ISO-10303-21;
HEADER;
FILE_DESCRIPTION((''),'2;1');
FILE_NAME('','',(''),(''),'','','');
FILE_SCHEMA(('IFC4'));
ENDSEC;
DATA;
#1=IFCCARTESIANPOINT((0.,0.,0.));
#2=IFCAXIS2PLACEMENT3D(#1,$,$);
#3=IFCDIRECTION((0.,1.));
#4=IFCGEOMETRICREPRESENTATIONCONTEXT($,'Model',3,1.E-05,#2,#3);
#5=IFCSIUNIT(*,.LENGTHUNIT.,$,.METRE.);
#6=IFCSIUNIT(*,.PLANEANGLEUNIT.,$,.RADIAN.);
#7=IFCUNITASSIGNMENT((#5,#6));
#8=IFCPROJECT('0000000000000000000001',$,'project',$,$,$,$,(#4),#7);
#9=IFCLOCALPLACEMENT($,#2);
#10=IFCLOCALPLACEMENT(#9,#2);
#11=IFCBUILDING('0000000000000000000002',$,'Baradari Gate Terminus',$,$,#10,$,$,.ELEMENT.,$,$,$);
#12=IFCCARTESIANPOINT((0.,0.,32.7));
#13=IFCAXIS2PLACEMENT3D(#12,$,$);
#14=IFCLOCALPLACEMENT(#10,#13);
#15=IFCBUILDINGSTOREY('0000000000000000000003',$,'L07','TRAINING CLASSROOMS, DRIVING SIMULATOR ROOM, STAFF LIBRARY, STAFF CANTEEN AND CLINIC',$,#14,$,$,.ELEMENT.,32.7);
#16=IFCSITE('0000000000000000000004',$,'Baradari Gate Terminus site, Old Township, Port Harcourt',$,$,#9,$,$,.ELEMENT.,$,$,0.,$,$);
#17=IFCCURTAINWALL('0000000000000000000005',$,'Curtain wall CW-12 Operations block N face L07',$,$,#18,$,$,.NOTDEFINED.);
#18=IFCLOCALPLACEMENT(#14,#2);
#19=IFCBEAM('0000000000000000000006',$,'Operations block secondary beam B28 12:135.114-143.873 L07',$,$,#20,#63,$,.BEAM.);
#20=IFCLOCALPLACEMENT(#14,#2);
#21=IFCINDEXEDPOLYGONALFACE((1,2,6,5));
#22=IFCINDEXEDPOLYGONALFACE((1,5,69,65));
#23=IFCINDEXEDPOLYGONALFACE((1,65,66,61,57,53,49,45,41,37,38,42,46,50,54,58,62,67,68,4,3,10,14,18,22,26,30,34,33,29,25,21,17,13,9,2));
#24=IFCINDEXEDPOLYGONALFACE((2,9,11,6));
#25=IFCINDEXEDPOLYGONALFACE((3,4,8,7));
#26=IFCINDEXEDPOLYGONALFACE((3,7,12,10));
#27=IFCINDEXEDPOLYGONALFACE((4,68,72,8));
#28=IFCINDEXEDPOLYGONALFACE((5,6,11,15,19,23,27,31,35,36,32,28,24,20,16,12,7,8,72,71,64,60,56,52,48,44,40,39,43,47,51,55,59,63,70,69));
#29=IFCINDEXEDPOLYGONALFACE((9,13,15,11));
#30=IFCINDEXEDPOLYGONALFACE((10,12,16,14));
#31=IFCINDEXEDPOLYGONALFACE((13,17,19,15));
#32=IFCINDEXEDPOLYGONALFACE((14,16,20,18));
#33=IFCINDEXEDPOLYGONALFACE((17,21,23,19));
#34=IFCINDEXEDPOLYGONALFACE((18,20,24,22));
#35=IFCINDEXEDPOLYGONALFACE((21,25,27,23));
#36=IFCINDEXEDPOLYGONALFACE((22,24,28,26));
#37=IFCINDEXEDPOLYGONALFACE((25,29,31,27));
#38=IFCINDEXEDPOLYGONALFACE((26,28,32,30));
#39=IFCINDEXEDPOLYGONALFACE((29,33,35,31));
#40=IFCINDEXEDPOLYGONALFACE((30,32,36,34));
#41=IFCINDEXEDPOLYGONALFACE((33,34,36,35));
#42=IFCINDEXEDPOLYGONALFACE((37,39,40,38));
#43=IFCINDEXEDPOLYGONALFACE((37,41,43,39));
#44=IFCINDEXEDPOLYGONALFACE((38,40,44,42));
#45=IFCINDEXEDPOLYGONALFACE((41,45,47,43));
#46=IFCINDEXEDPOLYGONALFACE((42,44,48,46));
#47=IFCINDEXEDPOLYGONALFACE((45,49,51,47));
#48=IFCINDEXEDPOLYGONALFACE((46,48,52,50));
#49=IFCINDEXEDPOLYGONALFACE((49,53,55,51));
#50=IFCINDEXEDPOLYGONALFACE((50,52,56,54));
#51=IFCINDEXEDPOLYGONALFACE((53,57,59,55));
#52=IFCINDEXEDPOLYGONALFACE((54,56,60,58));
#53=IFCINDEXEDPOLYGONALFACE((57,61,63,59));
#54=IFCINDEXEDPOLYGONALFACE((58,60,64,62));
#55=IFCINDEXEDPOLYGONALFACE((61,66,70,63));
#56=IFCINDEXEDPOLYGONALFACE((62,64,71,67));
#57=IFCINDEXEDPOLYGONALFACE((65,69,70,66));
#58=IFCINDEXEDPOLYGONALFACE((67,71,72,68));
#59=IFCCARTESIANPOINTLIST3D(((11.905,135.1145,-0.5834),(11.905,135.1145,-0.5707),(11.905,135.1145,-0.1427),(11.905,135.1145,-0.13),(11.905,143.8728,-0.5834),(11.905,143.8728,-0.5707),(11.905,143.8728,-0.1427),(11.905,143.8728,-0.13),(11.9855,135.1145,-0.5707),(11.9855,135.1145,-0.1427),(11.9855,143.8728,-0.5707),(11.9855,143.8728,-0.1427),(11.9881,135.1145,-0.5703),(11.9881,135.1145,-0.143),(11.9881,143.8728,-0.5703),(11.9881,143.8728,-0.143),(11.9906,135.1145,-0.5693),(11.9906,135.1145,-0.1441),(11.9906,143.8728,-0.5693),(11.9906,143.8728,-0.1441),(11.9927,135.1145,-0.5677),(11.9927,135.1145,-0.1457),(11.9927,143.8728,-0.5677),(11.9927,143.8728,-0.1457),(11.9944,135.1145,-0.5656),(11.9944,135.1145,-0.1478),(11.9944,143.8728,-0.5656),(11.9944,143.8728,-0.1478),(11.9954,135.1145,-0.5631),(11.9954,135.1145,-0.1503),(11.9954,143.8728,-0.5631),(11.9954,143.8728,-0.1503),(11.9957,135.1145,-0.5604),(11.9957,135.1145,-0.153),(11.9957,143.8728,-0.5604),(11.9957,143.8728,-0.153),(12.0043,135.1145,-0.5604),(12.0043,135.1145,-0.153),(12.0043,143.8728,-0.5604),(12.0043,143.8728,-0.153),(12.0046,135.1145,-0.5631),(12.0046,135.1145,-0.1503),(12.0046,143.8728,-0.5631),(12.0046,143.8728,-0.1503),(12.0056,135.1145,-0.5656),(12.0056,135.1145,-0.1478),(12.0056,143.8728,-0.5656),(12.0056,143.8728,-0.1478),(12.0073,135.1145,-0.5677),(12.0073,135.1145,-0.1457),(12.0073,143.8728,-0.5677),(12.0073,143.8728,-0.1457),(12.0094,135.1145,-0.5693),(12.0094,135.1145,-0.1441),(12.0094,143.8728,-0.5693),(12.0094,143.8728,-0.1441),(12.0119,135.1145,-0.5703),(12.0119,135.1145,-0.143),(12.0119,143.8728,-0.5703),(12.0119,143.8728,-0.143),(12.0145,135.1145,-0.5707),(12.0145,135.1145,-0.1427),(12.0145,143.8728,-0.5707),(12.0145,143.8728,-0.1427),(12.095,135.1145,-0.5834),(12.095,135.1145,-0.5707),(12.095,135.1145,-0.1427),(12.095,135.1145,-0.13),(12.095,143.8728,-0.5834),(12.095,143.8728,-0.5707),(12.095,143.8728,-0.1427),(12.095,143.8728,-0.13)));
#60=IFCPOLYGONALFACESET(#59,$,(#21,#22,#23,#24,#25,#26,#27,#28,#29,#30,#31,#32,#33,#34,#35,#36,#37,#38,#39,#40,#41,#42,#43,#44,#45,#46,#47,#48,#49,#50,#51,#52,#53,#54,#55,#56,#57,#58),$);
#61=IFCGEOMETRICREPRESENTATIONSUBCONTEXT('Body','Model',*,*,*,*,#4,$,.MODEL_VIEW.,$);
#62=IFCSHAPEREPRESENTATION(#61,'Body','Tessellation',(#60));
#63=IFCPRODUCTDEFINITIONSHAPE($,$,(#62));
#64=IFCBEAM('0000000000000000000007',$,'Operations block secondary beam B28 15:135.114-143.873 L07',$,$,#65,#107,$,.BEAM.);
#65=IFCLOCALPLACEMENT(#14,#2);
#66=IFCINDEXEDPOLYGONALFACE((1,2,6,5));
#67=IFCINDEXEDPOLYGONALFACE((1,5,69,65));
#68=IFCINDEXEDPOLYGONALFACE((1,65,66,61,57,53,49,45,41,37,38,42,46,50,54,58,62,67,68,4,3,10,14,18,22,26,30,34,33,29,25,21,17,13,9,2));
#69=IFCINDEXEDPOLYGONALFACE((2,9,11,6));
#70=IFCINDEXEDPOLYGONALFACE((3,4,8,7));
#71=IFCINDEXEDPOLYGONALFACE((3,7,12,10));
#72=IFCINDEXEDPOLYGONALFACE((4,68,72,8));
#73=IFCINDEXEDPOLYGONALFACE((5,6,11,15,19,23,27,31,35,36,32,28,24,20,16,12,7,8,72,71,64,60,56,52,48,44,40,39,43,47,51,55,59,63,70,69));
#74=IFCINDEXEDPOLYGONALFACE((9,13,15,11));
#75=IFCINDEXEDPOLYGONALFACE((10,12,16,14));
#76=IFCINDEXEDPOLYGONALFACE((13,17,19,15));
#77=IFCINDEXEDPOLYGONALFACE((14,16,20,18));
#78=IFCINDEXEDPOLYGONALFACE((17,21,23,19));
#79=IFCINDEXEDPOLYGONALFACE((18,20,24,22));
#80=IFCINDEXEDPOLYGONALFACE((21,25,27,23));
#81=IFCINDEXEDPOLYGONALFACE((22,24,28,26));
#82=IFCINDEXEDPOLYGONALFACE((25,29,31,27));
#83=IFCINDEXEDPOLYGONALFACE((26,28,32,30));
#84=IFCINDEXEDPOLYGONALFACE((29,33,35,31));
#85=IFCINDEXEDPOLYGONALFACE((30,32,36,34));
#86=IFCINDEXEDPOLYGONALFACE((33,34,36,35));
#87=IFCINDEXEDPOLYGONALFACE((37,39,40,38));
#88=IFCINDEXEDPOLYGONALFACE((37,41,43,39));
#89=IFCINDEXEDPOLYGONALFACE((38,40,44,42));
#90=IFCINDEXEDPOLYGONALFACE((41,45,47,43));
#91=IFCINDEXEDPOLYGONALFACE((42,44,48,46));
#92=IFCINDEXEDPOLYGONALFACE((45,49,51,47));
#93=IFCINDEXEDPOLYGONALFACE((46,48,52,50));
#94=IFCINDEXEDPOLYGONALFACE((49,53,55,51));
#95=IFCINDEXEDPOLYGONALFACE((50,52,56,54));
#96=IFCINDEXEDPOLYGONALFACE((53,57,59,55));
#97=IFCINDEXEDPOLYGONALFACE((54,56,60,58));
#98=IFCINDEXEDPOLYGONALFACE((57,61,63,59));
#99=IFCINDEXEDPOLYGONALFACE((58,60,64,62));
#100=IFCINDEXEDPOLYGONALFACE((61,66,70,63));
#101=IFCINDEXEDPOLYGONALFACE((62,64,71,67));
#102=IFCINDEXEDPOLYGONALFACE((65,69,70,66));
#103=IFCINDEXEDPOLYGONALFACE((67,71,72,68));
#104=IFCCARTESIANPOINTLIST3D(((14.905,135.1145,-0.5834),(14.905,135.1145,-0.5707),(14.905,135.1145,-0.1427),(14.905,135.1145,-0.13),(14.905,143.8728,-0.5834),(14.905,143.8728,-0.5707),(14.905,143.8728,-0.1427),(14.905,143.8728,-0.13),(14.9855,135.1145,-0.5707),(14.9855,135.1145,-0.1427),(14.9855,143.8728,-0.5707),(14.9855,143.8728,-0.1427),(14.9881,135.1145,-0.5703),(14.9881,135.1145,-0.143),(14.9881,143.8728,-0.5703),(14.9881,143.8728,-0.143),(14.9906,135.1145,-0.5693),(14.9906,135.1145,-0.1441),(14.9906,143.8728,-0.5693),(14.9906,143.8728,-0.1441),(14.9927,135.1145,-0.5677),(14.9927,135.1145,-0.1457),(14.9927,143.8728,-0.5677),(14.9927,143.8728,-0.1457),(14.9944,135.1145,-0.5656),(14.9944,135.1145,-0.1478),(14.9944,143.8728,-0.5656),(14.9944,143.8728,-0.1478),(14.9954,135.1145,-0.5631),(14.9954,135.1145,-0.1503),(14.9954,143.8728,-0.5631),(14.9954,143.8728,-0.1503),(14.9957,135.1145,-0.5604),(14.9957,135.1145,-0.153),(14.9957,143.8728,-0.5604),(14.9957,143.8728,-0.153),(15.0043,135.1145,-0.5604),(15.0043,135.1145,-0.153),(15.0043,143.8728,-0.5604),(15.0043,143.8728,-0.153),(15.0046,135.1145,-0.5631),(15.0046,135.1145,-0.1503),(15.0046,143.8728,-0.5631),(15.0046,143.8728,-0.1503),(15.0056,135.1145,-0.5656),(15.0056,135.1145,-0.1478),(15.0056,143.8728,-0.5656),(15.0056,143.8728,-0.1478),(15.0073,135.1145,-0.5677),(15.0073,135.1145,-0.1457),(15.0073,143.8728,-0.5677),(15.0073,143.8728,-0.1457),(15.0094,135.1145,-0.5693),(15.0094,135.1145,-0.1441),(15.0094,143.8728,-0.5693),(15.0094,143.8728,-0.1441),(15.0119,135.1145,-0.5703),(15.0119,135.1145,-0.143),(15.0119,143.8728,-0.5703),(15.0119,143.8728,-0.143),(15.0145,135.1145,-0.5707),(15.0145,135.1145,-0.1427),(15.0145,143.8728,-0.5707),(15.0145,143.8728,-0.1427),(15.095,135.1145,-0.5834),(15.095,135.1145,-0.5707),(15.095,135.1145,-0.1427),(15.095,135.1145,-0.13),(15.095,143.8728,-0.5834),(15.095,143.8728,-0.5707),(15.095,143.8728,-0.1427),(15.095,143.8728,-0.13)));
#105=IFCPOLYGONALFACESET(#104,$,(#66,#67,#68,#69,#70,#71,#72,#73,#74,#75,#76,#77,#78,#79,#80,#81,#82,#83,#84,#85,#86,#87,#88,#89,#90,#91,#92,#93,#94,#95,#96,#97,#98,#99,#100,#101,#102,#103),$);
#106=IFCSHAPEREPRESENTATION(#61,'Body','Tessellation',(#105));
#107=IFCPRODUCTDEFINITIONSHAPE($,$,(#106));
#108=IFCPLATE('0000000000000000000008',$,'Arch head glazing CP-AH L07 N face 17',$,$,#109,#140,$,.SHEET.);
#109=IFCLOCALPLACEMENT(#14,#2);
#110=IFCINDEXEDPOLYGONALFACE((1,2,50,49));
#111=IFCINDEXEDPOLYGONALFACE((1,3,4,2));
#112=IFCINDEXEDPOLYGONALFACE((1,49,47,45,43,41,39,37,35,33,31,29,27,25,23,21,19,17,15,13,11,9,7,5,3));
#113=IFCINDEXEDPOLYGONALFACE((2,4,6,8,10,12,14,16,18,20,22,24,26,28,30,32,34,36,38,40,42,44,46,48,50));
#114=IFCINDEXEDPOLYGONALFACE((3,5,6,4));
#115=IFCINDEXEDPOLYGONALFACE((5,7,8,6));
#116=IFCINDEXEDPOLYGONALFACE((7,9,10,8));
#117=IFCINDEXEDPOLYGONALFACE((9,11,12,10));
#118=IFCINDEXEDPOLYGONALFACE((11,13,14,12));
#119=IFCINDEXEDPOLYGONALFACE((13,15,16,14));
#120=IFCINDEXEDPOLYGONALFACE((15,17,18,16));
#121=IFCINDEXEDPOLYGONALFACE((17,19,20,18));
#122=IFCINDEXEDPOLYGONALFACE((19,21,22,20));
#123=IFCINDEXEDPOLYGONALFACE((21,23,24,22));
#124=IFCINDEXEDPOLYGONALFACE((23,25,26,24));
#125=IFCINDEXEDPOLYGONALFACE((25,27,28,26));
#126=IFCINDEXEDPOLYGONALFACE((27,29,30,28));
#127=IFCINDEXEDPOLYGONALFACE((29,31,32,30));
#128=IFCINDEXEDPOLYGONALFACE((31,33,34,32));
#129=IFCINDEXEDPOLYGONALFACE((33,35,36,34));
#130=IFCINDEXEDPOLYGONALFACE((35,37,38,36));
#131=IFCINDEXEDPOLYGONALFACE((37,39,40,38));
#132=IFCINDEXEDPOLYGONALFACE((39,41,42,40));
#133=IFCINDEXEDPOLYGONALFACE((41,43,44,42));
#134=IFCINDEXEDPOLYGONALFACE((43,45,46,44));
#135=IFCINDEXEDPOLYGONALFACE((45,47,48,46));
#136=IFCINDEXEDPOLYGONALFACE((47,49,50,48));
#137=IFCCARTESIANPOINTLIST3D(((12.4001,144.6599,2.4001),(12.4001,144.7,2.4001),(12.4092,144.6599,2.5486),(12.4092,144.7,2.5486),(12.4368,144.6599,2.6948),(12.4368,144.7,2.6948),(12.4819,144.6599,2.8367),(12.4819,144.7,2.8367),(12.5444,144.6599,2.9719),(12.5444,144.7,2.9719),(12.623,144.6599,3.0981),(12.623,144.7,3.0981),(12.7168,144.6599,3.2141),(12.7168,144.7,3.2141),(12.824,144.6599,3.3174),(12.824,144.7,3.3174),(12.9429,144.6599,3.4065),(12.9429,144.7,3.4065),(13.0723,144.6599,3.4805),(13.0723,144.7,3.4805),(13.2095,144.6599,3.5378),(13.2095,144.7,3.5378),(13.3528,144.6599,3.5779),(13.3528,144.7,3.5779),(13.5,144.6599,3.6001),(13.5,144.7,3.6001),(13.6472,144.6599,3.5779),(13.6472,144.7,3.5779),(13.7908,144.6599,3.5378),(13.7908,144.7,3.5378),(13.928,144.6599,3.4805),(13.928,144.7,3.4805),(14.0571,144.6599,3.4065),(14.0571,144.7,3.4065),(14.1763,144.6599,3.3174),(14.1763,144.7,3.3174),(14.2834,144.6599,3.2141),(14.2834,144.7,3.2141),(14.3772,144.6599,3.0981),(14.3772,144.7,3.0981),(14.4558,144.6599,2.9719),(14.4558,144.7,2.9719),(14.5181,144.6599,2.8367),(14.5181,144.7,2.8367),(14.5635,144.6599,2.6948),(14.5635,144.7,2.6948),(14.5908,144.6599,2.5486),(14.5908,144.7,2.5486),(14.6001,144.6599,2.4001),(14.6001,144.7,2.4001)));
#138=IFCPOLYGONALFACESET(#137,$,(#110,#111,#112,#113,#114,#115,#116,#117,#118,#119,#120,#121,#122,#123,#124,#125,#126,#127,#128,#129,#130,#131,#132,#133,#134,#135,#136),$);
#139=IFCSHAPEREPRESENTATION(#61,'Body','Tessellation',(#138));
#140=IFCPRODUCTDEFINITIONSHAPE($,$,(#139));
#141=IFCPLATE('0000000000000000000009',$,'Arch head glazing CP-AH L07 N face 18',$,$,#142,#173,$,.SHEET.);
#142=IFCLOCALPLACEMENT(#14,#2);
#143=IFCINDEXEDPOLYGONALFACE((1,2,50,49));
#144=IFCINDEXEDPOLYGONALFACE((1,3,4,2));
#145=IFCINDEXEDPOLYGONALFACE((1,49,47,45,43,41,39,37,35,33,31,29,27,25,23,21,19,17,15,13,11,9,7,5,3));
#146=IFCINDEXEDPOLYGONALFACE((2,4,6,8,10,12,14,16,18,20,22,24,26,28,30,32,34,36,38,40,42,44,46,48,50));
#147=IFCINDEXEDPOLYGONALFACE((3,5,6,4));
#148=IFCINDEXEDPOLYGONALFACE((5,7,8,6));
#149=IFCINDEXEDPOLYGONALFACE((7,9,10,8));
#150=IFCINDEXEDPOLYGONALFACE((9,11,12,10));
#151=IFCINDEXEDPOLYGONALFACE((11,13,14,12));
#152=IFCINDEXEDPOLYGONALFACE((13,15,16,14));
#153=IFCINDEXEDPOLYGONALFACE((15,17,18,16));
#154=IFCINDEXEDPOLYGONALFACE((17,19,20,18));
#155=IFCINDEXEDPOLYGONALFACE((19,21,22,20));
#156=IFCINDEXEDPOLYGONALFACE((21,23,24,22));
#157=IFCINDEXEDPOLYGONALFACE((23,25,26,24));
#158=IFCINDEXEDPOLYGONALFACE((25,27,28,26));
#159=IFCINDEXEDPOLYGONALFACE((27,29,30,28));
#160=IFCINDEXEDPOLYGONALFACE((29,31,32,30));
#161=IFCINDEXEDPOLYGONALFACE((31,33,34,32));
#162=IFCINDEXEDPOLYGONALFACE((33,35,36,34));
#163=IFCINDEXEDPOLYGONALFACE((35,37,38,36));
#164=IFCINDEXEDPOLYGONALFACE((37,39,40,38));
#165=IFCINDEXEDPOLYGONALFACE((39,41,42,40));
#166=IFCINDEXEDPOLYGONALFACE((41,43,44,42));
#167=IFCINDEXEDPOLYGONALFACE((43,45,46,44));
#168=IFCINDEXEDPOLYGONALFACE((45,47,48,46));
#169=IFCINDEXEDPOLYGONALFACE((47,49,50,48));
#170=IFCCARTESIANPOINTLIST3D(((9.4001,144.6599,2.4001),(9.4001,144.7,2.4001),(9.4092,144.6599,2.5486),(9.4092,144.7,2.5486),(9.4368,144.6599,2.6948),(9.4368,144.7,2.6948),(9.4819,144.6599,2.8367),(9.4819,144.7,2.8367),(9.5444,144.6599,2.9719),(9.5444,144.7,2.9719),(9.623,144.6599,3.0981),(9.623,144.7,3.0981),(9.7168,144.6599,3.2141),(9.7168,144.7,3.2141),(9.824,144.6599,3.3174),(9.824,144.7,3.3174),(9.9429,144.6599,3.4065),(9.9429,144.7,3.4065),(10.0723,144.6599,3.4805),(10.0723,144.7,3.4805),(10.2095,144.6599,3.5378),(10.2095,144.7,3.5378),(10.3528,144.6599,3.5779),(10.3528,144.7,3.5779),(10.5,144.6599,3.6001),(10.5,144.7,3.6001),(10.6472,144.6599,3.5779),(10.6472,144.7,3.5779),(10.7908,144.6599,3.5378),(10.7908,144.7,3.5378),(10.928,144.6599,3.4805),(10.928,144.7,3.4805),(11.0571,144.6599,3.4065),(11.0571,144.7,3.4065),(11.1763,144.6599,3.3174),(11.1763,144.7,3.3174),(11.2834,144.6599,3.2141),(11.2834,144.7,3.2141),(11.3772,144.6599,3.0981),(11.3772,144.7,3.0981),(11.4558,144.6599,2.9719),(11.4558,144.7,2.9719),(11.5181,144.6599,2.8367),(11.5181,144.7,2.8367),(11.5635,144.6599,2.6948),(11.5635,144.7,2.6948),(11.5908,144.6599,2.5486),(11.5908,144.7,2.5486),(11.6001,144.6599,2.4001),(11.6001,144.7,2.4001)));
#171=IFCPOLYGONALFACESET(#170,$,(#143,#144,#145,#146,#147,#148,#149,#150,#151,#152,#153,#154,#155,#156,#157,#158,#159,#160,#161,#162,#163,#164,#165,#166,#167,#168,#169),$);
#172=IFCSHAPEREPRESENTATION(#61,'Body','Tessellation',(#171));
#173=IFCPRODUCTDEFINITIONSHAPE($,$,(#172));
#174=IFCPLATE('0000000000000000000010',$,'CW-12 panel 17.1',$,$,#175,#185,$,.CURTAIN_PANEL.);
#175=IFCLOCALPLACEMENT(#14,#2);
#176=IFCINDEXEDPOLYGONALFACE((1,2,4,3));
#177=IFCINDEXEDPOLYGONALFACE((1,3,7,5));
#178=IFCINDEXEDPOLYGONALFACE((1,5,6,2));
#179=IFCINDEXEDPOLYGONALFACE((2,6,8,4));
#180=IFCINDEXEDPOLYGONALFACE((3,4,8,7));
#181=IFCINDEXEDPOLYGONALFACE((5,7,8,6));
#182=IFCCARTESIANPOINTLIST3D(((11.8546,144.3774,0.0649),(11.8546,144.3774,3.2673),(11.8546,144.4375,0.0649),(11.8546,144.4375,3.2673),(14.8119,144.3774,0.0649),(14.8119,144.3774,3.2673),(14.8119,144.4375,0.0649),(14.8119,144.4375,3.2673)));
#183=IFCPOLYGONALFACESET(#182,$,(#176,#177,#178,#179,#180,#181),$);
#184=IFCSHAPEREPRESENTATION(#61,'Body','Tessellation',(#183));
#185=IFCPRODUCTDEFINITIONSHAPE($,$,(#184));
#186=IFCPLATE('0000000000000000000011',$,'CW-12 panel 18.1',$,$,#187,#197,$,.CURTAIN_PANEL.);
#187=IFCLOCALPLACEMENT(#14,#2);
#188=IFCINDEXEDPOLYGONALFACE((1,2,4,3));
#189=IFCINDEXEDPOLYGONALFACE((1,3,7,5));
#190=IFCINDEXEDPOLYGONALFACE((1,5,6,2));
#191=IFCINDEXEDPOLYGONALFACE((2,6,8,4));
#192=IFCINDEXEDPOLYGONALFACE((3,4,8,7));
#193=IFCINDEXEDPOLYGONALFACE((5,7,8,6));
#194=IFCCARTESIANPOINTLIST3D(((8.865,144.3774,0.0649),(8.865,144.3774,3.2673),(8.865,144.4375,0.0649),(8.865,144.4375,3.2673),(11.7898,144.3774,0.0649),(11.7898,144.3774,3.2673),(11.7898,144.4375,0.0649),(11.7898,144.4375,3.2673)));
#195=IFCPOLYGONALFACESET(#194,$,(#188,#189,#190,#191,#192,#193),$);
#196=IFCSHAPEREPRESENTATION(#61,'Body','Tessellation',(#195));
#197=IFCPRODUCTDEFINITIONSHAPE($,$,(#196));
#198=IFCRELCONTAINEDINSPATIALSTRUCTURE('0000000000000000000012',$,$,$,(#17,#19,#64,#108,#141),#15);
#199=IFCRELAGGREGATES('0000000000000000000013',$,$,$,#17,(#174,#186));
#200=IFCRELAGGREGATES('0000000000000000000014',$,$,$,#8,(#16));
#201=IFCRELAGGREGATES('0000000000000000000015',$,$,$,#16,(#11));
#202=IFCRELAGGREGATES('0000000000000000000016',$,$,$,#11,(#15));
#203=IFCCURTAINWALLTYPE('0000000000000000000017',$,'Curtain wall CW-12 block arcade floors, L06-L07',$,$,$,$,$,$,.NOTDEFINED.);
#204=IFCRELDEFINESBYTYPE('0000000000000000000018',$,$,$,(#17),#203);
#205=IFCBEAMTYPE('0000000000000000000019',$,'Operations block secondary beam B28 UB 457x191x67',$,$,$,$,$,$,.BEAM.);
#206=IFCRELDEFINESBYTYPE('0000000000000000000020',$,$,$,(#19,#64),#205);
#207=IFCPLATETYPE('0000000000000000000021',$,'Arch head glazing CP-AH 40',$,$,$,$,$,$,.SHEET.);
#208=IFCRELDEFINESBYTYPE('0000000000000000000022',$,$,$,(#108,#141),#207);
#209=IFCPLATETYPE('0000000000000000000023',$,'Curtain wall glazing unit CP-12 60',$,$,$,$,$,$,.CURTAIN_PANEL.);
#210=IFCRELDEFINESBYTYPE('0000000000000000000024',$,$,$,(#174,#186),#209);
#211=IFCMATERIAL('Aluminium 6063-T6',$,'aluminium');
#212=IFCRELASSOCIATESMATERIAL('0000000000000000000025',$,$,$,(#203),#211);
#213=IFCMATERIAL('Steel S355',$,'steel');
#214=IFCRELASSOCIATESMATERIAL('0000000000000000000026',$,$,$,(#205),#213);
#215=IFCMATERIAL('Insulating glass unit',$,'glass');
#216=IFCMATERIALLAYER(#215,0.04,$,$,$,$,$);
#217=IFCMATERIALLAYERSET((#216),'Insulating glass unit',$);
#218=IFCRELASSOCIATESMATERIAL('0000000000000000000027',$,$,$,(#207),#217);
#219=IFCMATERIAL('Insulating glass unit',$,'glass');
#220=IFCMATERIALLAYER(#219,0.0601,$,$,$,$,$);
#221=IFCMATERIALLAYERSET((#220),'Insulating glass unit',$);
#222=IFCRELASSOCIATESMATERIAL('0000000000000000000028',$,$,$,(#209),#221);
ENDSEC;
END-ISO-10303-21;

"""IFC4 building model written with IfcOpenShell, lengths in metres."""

from ifc_helpers import new_model, si_unit, direction, frame, origin, origin_2d, place, context, subcontext, project, spatial, polyline, rectangle, i_section, outline, extrude, material, layer, layer_set, material_profile, profile_set, type_object, element, aggregate, save


model = new_model("IFC4")

# Units and contexts
model_context = context("Model", 3, precision=1e-05, world=origin(), true_north=direction((0.0, 1.0)))
body_context = subcontext(model_context, "Body", "Model", "MODEL_VIEW")
ifc_project = project(units=[si_unit("LENGTHUNIT", "METRE"), si_unit("PLANEANGLEUNIT", "RADIAN")], contexts=[model_context])

# Site, building, storey
site_placement = place(None, origin())
site = spatial("IfcSite", under=ifc_project, at=site_placement, Name="Baradari Gate Terminus site, Old Township, Port Harcourt", CompositionType="ELEMENT", RefElevation=0.0)
building_placement = place(site_placement, origin())
building = spatial("IfcBuilding", under=site, at=building_placement, Name="Baradari Gate Terminus", CompositionType="ELEMENT")
storey_placement = place(building_placement, frame((0.0, 0.0, 32.7)))
storey = spatial("IfcBuildingStorey", under=building, at=storey_placement, Name="L07", Description="TRAINING CLASSROOMS, DRIVING SIMULATOR ROOM, STAFF LIBRARY, STAFF CANTEEN AND CLINIC", CompositionType="ELEMENT", Elevation=32.7)

# Curtain wall
ifc_material_1 = material(Name="Aluminium 6063-T6", Category="aluminium")
curtain_wall_type = type_object("IfcCurtainWallType", Name="Curtain wall CW-12 block arcade floors, L06-L07", PredefinedType="NOTDEFINED", material=ifc_material_1)
curtain_wall_placement = place(storey_placement, origin())
curtain_wall = element("IfcCurtainWall", 1, at=curtain_wall_placement, inside=storey, type_object=curtain_wall_type, Name="Curtain wall CW-12 Operations block N face L07", PredefinedType="NOTDEFINED")

# Beams
ifc_material_2 = material(Name="Steel S355", Category="steel")
ifc_material_profile_1 = material_profile(ifc_material_2, i_section(OverallWidth=0.1899, OverallDepth=0.4534, WebThickness=0.0085, FlangeThickness=0.0127, FilletRadius=0.0103, at=origin_2d()), Name="UB 457x191x67")
ifc_profile_set_1 = profile_set([ifc_material_profile_1], Name="Steel S355")
beam_type_1 = type_object("IfcBeamType", Name="Operations block secondary beam B28 UB 457x191x67", PredefinedType="BEAM", material=ifc_profile_set_1)
for number, where, z_axis, x_axis, name in (
    (2, (12.0, 135.1145, -0.3567), (0.0, 1.0, 0.0), (-1.0, 0.0, 0.0), "Operations block secondary beam B28 12:135.114-143.873 L07"),
    (3, (15.0, 135.1145, -0.3567), (0.0, 1.0, 0.0), (-1.0, 0.0, 0.0), "Operations block secondary beam B28 15:135.114-143.873 L07"),
):
    element("IfcBeam", number, at=place(storey_placement, frame(where, z_axis=z_axis, x_axis=x_axis)), inside=storey, type_object=beam_type_1, Name=name, PredefinedType="BEAM", context=body_context, shape_type="SweptSolid", body=[
        extrude(i_section(OverallWidth=0.1899, OverallDepth=0.4534, WebThickness=0.0085, FlangeThickness=0.0127, FilletRadius=0.0103, at=origin_2d()), origin(), (0.0, 0.0, 1.0), 8.7583),
    ])

# Plates
ifc_material_3 = material(Name="Insulating glass unit", Category="glass")
ifc_layer_1 = layer(ifc_material_3, 0.04)
ifc_layer_set_1 = layer_set([ifc_layer_1], Name="Insulating glass unit")
plate_type_1 = type_object("IfcPlateType", Name="Arch head glazing CP-AH 40", PredefinedType="SHEET", material=ifc_layer_set_1)
for number, where, z_axis, x_axis, name in (
    (4, (14.6001, 144.6799, 2.4001), (0.0, 0.0, 1.0), (-1.0, 0.0, 0.0), "Arch head glazing CP-AH L07 N face 17"),
    (5, (11.6001, 144.6799, 2.4001), (0.0, 0.0, 1.0), (-1.0, 0.0, 0.0), "Arch head glazing CP-AH L07 N face 18"),
):
    element("IfcPlate", number, at=place(storey_placement, frame(where, z_axis=z_axis, x_axis=x_axis)), inside=storey, type_object=plate_type_1, Name=name, PredefinedType="SHEET", context=body_context, shape_type="SweptSolid", body=[
        extrude(outline(polyline([(0.0, 0.0), (2.2, 0.0), (2.1909, 0.1484), (2.1633, 0.2947), (2.1182, 0.4365), (2.0557, 0.5718), (1.9771, 0.698), (1.8833, 0.814), (1.7761, 0.9172), (1.6572, 1.0063), (1.5278, 1.0803), (1.3906, 1.1377), (1.2473, 1.1777), (1.1001, 1.2), (0.9529, 1.1777), (0.8093, 1.1377), (0.6721, 1.0803), (0.543, 1.0063), (0.4238, 0.9172), (0.3167, 0.814), (0.2229, 0.698), (0.1443, 0.5718), (0.082, 0.4365), (0.0366, 0.2947), (0.0093, 0.1484), (0.0, 0.0)])), frame((0.0, 0.02, 0.0), z_axis=(0.0, -1.0, 0.0), x_axis=(1.0, 0.0, 0.0)), (0.0, 0.0, 1.0), 0.04),
    ])

# Plates
ifc_material_4 = material(Name="Insulating glass unit", Category="glass")
ifc_layer_2 = layer(ifc_material_4, 0.0601)
ifc_layer_set_2 = layer_set([ifc_layer_2], Name="Insulating glass unit")
plate_type_2 = type_object("IfcPlateType", Name="Curtain wall glazing unit CP-12 60", PredefinedType="CURTAIN_PANEL", material=ifc_layer_set_2)
plate_1_placement = place(storey_placement, frame((13.3333, 144.4075, 0.0649), z_axis=(0.0, 0.0, 1.0), x_axis=(-1.0, 0.0, 0.0)))
plate_1 = element("IfcPlate", 6, at=plate_1_placement, type_object=plate_type_2, Name="CW-12 panel 17.1", PredefinedType="CURTAIN_PANEL", context=body_context, shape_type="SweptSolid", body=[
    extrude(rectangle(XDim=2.9573, YDim=0.0601, at=origin_2d()), origin(), (0.0, 0.0, 1.0), 3.2024),
])
plate_2_placement = place(storey_placement, frame((10.3274, 144.4075, 0.0649), z_axis=(0.0, 0.0, 1.0), x_axis=(-1.0, 0.0, 0.0)))
plate_2 = element("IfcPlate", 7, at=plate_2_placement, type_object=plate_type_2, Name="CW-12 panel 18.1", PredefinedType="CURTAIN_PANEL", context=body_context, shape_type="SweptSolid", body=[
    extrude(rectangle(XDim=2.9248, YDim=0.0601, at=origin_2d()), origin(), (0.0, 0.0, 1.0), 3.2024),
])
aggregate(curtain_wall, [plate_1, plate_2])

save(model, "model.ifc")
